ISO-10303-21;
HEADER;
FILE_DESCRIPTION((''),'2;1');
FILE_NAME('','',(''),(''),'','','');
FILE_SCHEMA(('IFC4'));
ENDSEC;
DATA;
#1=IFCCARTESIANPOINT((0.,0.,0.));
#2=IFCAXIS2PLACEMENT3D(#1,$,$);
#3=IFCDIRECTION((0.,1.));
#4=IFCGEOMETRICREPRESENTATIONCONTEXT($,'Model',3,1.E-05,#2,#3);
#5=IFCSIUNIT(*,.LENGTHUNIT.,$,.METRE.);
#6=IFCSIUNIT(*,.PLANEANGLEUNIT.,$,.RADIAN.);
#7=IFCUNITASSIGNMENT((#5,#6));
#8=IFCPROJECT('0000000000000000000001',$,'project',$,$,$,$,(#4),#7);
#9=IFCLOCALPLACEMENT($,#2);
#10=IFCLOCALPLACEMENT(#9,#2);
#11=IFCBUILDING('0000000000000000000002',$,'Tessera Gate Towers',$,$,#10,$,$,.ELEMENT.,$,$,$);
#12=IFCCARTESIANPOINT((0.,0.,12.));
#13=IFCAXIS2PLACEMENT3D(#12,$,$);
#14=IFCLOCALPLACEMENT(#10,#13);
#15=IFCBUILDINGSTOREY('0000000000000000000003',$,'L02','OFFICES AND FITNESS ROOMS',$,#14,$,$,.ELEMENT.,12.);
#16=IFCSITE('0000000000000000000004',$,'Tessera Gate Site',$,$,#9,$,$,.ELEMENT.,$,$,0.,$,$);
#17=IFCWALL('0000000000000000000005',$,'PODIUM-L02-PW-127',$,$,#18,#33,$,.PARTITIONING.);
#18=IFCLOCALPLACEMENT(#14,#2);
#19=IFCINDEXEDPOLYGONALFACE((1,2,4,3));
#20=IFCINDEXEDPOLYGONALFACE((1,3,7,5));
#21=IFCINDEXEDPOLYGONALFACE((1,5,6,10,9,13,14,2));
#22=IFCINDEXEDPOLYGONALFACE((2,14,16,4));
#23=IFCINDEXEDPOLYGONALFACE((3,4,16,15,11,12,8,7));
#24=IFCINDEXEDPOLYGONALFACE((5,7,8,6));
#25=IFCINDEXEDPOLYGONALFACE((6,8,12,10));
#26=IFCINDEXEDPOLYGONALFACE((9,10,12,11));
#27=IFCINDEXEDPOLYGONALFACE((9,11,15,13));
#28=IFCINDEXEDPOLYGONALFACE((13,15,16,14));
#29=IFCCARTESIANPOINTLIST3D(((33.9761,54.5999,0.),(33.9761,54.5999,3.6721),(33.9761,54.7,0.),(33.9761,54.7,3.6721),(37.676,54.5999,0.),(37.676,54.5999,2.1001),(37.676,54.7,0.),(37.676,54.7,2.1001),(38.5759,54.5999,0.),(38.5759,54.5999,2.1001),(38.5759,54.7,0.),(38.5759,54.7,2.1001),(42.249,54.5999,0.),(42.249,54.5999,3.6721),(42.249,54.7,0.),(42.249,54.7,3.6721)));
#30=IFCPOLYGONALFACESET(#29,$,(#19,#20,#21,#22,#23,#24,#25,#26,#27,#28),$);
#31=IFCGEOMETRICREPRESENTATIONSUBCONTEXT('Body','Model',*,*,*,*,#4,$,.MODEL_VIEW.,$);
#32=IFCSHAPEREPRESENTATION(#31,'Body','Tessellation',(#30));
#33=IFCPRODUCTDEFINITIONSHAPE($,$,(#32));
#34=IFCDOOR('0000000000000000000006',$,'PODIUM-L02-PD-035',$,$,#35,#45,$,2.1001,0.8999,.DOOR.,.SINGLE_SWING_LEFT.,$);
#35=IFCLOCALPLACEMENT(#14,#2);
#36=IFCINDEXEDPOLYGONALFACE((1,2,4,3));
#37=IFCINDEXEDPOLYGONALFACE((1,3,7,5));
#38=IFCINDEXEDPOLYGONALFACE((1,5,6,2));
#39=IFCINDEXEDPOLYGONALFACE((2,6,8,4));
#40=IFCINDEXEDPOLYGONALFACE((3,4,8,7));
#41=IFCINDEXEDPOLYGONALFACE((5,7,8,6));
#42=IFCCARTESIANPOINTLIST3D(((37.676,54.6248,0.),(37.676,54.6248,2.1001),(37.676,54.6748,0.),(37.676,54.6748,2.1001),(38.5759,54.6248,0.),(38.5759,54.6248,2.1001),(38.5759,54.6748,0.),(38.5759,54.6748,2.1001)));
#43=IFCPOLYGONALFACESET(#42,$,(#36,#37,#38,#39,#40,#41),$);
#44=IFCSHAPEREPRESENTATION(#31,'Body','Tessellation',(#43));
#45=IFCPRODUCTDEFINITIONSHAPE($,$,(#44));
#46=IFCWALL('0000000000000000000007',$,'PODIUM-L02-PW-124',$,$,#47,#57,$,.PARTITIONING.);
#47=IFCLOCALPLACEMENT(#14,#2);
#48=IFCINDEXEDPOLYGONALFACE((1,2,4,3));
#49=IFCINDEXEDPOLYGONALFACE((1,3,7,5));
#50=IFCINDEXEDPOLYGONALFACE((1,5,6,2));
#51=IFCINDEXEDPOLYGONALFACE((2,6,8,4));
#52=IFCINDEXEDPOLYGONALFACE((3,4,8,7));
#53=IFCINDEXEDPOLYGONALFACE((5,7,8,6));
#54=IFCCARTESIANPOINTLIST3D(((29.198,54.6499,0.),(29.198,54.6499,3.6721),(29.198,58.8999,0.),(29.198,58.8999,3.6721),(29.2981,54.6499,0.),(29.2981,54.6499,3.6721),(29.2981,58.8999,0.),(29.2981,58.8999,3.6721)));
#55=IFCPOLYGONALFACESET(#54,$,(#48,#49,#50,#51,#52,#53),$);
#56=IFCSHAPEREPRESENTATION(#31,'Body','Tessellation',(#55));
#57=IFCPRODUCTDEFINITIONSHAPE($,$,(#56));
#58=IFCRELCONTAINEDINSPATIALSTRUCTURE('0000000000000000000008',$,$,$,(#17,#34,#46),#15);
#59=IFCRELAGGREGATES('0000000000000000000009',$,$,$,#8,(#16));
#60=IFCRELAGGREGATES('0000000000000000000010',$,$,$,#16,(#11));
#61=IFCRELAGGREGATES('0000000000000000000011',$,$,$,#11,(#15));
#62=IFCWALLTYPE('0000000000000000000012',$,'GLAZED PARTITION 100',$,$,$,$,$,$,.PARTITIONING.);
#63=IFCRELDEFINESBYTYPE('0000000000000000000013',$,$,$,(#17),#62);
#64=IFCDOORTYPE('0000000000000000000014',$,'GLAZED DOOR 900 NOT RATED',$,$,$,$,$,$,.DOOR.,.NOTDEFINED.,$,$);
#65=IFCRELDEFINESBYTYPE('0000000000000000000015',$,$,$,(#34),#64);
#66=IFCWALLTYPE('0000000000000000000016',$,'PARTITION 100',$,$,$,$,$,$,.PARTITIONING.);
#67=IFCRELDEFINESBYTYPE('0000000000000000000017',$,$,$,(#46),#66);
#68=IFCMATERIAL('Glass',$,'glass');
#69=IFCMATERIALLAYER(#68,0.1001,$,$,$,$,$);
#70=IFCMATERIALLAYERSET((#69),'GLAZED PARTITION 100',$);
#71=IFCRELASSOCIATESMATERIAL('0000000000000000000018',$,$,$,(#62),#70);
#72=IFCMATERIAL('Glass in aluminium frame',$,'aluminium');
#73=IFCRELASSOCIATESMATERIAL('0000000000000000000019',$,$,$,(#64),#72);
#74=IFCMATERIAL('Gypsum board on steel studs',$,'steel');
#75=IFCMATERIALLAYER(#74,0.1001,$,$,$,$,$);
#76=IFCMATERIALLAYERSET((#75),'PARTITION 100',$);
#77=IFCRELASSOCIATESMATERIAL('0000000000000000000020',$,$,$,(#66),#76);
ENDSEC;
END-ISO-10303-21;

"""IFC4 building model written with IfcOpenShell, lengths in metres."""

from ifc_helpers import new_model, si_unit, direction, frame, frame_2d, origin, place, context, subcontext, project, spatial, rectangle, extrude, source, transform, mapped, material, layer, layer_set, type_object, element, fill, save


model = new_model("IFC4")

# Units and contexts
model_context = context("Model", 3, precision=1e-05, world=origin(), true_north=direction((0.0, 1.0)))
body_context = subcontext(model_context, "Body", "Model", "MODEL_VIEW")
ifc_project = project(units=[si_unit("LENGTHUNIT", "METRE"), si_unit("PLANEANGLEUNIT", "RADIAN")], contexts=[model_context])

# Site, building, storey
site_placement = place(None, origin())
site = spatial("IfcSite", under=ifc_project, at=site_placement, Name="Tessera Gate Site", CompositionType="ELEMENT", RefElevation=0.0)
building_placement = place(site_placement, origin())
building = spatial("IfcBuilding", under=site, at=building_placement, Name="Tessera Gate Towers", CompositionType="ELEMENT")
storey_placement = place(building_placement, frame((0.0, 0.0, 12.0)))
storey = spatial("IfcBuildingStorey", under=building, at=storey_placement, Name="L02", Description="OFFICES AND FITNESS ROOMS", CompositionType="ELEMENT", Elevation=12.0)

# Shared definitions
ifc_material_1 = material(Name="Glass", Category="glass")
ifc_layer_1 = layer(ifc_material_1, 0.1001)
ifc_layer_set_1 = layer_set([ifc_layer_1], Name="GLAZED PARTITION 100")
wall_type_1 = type_object("IfcWallType", Name="GLAZED PARTITION 100", PredefinedType="PARTITIONING", material=ifc_layer_set_1)

# Wall, opening, door
shared_shape_1 = source(origin(), body_context, "Body", "SweptSolid", [
    extrude(rectangle(XDim=0.8999, YDim=2.1001, at=frame_2d((0.45, 1.05))), frame((0.0, 0.0601, 0.0), z_axis=(0.0, -1.0, 0.0), x_axis=(1.0, 0.0, 0.0)), (0.0, 0.0, 1.0), 0.1201),
])
ifc_material_2 = material(Name="Glass in aluminium frame", Category="aluminium")
door_type = type_object("IfcDoorType", Name="GLAZED DOOR 900 NOT RATED", OperationType="NOTDEFINED", PredefinedType="DOOR", material=ifc_material_2)
shared_shape_2 = source(origin(), body_context, "Body", "SweptSolid", [
    extrude(rectangle(XDim=0.8999, YDim=2.1001, at=frame_2d((0.45, 1.05))), frame((0.0, 0.0249, 0.0), z_axis=(0.0, -1.0, 0.0), x_axis=(1.0, 0.0, 0.0)), (0.0, 0.0, 1.0), 0.05),
])
wall_1_placement = place(storey_placement, frame((33.9761, 54.6499, 0.0), z_axis=(0.0, 0.0, 1.0), x_axis=(1.0, 0.0, 0.0)))
wall_1 = element("IfcWall", 1, at=wall_1_placement, inside=storey, type_object=wall_type_1, Name="PODIUM-L02-PW-127", PredefinedType="PARTITIONING", context=body_context, shape_type="SweptSolid", body=[
    extrude(rectangle(XDim=8.2729, YDim=0.1001, at=frame_2d((4.1365, 0.0))), origin(), (0.0, 0.0, 1.0), 3.6721),
])
opening_1_placement = place(wall_1_placement, frame((3.7, 0.0, 0.0)))
opening_1 = element("IfcOpeningElement", 2, at=opening_1_placement, cuts=wall_1, PredefinedType="OPENING", context=body_context, shape_type="MappedRepresentation", body=[
    mapped(shared_shape_1, transform((0.0, 0.0, 0.0), scale=1.0)),
])
door_1_placement = place(opening_1_placement, origin())
door_1 = element("IfcDoor", 3, at=door_1_placement, inside=storey, type_object=door_type, Name="PODIUM-L02-PD-035", OperationType="SINGLE_SWING_LEFT", OverallHeight=2.1001, OverallWidth=0.8999, PredefinedType="DOOR", context=body_context, shape_type="MappedRepresentation", body=[
    mapped(shared_shape_2, transform((0.0, 0.0, 0.0), scale=1.0)),
])
fill(opening_1, door_1)

# Wall
ifc_material_3 = material(Name="Gypsum board on steel studs", Category="steel")
ifc_layer_2 = layer(ifc_material_3, 0.1001)
ifc_layer_set_2 = layer_set([ifc_layer_2], Name="PARTITION 100")
wall_type_2 = type_object("IfcWallType", Name="PARTITION 100", PredefinedType="PARTITIONING", material=ifc_layer_set_2)
wall_2_placement = place(storey_placement, frame((29.248, 54.6499, 0.0), z_axis=(0.0, 0.0, 1.0), x_axis=(0.0, 1.0, 0.0)))
element("IfcWall", 4, at=wall_2_placement, inside=storey, type_object=wall_type_2, Name="PODIUM-L02-PW-124", PredefinedType="PARTITIONING", context=body_context, shape_type="SweptSolid", body=[
    extrude(rectangle(XDim=4.25, YDim=0.1001, at=frame_2d((2.125, 0.0))), origin(), (0.0, 0.0, 1.0), 3.6721),
])

save(model, "model.ifc")
